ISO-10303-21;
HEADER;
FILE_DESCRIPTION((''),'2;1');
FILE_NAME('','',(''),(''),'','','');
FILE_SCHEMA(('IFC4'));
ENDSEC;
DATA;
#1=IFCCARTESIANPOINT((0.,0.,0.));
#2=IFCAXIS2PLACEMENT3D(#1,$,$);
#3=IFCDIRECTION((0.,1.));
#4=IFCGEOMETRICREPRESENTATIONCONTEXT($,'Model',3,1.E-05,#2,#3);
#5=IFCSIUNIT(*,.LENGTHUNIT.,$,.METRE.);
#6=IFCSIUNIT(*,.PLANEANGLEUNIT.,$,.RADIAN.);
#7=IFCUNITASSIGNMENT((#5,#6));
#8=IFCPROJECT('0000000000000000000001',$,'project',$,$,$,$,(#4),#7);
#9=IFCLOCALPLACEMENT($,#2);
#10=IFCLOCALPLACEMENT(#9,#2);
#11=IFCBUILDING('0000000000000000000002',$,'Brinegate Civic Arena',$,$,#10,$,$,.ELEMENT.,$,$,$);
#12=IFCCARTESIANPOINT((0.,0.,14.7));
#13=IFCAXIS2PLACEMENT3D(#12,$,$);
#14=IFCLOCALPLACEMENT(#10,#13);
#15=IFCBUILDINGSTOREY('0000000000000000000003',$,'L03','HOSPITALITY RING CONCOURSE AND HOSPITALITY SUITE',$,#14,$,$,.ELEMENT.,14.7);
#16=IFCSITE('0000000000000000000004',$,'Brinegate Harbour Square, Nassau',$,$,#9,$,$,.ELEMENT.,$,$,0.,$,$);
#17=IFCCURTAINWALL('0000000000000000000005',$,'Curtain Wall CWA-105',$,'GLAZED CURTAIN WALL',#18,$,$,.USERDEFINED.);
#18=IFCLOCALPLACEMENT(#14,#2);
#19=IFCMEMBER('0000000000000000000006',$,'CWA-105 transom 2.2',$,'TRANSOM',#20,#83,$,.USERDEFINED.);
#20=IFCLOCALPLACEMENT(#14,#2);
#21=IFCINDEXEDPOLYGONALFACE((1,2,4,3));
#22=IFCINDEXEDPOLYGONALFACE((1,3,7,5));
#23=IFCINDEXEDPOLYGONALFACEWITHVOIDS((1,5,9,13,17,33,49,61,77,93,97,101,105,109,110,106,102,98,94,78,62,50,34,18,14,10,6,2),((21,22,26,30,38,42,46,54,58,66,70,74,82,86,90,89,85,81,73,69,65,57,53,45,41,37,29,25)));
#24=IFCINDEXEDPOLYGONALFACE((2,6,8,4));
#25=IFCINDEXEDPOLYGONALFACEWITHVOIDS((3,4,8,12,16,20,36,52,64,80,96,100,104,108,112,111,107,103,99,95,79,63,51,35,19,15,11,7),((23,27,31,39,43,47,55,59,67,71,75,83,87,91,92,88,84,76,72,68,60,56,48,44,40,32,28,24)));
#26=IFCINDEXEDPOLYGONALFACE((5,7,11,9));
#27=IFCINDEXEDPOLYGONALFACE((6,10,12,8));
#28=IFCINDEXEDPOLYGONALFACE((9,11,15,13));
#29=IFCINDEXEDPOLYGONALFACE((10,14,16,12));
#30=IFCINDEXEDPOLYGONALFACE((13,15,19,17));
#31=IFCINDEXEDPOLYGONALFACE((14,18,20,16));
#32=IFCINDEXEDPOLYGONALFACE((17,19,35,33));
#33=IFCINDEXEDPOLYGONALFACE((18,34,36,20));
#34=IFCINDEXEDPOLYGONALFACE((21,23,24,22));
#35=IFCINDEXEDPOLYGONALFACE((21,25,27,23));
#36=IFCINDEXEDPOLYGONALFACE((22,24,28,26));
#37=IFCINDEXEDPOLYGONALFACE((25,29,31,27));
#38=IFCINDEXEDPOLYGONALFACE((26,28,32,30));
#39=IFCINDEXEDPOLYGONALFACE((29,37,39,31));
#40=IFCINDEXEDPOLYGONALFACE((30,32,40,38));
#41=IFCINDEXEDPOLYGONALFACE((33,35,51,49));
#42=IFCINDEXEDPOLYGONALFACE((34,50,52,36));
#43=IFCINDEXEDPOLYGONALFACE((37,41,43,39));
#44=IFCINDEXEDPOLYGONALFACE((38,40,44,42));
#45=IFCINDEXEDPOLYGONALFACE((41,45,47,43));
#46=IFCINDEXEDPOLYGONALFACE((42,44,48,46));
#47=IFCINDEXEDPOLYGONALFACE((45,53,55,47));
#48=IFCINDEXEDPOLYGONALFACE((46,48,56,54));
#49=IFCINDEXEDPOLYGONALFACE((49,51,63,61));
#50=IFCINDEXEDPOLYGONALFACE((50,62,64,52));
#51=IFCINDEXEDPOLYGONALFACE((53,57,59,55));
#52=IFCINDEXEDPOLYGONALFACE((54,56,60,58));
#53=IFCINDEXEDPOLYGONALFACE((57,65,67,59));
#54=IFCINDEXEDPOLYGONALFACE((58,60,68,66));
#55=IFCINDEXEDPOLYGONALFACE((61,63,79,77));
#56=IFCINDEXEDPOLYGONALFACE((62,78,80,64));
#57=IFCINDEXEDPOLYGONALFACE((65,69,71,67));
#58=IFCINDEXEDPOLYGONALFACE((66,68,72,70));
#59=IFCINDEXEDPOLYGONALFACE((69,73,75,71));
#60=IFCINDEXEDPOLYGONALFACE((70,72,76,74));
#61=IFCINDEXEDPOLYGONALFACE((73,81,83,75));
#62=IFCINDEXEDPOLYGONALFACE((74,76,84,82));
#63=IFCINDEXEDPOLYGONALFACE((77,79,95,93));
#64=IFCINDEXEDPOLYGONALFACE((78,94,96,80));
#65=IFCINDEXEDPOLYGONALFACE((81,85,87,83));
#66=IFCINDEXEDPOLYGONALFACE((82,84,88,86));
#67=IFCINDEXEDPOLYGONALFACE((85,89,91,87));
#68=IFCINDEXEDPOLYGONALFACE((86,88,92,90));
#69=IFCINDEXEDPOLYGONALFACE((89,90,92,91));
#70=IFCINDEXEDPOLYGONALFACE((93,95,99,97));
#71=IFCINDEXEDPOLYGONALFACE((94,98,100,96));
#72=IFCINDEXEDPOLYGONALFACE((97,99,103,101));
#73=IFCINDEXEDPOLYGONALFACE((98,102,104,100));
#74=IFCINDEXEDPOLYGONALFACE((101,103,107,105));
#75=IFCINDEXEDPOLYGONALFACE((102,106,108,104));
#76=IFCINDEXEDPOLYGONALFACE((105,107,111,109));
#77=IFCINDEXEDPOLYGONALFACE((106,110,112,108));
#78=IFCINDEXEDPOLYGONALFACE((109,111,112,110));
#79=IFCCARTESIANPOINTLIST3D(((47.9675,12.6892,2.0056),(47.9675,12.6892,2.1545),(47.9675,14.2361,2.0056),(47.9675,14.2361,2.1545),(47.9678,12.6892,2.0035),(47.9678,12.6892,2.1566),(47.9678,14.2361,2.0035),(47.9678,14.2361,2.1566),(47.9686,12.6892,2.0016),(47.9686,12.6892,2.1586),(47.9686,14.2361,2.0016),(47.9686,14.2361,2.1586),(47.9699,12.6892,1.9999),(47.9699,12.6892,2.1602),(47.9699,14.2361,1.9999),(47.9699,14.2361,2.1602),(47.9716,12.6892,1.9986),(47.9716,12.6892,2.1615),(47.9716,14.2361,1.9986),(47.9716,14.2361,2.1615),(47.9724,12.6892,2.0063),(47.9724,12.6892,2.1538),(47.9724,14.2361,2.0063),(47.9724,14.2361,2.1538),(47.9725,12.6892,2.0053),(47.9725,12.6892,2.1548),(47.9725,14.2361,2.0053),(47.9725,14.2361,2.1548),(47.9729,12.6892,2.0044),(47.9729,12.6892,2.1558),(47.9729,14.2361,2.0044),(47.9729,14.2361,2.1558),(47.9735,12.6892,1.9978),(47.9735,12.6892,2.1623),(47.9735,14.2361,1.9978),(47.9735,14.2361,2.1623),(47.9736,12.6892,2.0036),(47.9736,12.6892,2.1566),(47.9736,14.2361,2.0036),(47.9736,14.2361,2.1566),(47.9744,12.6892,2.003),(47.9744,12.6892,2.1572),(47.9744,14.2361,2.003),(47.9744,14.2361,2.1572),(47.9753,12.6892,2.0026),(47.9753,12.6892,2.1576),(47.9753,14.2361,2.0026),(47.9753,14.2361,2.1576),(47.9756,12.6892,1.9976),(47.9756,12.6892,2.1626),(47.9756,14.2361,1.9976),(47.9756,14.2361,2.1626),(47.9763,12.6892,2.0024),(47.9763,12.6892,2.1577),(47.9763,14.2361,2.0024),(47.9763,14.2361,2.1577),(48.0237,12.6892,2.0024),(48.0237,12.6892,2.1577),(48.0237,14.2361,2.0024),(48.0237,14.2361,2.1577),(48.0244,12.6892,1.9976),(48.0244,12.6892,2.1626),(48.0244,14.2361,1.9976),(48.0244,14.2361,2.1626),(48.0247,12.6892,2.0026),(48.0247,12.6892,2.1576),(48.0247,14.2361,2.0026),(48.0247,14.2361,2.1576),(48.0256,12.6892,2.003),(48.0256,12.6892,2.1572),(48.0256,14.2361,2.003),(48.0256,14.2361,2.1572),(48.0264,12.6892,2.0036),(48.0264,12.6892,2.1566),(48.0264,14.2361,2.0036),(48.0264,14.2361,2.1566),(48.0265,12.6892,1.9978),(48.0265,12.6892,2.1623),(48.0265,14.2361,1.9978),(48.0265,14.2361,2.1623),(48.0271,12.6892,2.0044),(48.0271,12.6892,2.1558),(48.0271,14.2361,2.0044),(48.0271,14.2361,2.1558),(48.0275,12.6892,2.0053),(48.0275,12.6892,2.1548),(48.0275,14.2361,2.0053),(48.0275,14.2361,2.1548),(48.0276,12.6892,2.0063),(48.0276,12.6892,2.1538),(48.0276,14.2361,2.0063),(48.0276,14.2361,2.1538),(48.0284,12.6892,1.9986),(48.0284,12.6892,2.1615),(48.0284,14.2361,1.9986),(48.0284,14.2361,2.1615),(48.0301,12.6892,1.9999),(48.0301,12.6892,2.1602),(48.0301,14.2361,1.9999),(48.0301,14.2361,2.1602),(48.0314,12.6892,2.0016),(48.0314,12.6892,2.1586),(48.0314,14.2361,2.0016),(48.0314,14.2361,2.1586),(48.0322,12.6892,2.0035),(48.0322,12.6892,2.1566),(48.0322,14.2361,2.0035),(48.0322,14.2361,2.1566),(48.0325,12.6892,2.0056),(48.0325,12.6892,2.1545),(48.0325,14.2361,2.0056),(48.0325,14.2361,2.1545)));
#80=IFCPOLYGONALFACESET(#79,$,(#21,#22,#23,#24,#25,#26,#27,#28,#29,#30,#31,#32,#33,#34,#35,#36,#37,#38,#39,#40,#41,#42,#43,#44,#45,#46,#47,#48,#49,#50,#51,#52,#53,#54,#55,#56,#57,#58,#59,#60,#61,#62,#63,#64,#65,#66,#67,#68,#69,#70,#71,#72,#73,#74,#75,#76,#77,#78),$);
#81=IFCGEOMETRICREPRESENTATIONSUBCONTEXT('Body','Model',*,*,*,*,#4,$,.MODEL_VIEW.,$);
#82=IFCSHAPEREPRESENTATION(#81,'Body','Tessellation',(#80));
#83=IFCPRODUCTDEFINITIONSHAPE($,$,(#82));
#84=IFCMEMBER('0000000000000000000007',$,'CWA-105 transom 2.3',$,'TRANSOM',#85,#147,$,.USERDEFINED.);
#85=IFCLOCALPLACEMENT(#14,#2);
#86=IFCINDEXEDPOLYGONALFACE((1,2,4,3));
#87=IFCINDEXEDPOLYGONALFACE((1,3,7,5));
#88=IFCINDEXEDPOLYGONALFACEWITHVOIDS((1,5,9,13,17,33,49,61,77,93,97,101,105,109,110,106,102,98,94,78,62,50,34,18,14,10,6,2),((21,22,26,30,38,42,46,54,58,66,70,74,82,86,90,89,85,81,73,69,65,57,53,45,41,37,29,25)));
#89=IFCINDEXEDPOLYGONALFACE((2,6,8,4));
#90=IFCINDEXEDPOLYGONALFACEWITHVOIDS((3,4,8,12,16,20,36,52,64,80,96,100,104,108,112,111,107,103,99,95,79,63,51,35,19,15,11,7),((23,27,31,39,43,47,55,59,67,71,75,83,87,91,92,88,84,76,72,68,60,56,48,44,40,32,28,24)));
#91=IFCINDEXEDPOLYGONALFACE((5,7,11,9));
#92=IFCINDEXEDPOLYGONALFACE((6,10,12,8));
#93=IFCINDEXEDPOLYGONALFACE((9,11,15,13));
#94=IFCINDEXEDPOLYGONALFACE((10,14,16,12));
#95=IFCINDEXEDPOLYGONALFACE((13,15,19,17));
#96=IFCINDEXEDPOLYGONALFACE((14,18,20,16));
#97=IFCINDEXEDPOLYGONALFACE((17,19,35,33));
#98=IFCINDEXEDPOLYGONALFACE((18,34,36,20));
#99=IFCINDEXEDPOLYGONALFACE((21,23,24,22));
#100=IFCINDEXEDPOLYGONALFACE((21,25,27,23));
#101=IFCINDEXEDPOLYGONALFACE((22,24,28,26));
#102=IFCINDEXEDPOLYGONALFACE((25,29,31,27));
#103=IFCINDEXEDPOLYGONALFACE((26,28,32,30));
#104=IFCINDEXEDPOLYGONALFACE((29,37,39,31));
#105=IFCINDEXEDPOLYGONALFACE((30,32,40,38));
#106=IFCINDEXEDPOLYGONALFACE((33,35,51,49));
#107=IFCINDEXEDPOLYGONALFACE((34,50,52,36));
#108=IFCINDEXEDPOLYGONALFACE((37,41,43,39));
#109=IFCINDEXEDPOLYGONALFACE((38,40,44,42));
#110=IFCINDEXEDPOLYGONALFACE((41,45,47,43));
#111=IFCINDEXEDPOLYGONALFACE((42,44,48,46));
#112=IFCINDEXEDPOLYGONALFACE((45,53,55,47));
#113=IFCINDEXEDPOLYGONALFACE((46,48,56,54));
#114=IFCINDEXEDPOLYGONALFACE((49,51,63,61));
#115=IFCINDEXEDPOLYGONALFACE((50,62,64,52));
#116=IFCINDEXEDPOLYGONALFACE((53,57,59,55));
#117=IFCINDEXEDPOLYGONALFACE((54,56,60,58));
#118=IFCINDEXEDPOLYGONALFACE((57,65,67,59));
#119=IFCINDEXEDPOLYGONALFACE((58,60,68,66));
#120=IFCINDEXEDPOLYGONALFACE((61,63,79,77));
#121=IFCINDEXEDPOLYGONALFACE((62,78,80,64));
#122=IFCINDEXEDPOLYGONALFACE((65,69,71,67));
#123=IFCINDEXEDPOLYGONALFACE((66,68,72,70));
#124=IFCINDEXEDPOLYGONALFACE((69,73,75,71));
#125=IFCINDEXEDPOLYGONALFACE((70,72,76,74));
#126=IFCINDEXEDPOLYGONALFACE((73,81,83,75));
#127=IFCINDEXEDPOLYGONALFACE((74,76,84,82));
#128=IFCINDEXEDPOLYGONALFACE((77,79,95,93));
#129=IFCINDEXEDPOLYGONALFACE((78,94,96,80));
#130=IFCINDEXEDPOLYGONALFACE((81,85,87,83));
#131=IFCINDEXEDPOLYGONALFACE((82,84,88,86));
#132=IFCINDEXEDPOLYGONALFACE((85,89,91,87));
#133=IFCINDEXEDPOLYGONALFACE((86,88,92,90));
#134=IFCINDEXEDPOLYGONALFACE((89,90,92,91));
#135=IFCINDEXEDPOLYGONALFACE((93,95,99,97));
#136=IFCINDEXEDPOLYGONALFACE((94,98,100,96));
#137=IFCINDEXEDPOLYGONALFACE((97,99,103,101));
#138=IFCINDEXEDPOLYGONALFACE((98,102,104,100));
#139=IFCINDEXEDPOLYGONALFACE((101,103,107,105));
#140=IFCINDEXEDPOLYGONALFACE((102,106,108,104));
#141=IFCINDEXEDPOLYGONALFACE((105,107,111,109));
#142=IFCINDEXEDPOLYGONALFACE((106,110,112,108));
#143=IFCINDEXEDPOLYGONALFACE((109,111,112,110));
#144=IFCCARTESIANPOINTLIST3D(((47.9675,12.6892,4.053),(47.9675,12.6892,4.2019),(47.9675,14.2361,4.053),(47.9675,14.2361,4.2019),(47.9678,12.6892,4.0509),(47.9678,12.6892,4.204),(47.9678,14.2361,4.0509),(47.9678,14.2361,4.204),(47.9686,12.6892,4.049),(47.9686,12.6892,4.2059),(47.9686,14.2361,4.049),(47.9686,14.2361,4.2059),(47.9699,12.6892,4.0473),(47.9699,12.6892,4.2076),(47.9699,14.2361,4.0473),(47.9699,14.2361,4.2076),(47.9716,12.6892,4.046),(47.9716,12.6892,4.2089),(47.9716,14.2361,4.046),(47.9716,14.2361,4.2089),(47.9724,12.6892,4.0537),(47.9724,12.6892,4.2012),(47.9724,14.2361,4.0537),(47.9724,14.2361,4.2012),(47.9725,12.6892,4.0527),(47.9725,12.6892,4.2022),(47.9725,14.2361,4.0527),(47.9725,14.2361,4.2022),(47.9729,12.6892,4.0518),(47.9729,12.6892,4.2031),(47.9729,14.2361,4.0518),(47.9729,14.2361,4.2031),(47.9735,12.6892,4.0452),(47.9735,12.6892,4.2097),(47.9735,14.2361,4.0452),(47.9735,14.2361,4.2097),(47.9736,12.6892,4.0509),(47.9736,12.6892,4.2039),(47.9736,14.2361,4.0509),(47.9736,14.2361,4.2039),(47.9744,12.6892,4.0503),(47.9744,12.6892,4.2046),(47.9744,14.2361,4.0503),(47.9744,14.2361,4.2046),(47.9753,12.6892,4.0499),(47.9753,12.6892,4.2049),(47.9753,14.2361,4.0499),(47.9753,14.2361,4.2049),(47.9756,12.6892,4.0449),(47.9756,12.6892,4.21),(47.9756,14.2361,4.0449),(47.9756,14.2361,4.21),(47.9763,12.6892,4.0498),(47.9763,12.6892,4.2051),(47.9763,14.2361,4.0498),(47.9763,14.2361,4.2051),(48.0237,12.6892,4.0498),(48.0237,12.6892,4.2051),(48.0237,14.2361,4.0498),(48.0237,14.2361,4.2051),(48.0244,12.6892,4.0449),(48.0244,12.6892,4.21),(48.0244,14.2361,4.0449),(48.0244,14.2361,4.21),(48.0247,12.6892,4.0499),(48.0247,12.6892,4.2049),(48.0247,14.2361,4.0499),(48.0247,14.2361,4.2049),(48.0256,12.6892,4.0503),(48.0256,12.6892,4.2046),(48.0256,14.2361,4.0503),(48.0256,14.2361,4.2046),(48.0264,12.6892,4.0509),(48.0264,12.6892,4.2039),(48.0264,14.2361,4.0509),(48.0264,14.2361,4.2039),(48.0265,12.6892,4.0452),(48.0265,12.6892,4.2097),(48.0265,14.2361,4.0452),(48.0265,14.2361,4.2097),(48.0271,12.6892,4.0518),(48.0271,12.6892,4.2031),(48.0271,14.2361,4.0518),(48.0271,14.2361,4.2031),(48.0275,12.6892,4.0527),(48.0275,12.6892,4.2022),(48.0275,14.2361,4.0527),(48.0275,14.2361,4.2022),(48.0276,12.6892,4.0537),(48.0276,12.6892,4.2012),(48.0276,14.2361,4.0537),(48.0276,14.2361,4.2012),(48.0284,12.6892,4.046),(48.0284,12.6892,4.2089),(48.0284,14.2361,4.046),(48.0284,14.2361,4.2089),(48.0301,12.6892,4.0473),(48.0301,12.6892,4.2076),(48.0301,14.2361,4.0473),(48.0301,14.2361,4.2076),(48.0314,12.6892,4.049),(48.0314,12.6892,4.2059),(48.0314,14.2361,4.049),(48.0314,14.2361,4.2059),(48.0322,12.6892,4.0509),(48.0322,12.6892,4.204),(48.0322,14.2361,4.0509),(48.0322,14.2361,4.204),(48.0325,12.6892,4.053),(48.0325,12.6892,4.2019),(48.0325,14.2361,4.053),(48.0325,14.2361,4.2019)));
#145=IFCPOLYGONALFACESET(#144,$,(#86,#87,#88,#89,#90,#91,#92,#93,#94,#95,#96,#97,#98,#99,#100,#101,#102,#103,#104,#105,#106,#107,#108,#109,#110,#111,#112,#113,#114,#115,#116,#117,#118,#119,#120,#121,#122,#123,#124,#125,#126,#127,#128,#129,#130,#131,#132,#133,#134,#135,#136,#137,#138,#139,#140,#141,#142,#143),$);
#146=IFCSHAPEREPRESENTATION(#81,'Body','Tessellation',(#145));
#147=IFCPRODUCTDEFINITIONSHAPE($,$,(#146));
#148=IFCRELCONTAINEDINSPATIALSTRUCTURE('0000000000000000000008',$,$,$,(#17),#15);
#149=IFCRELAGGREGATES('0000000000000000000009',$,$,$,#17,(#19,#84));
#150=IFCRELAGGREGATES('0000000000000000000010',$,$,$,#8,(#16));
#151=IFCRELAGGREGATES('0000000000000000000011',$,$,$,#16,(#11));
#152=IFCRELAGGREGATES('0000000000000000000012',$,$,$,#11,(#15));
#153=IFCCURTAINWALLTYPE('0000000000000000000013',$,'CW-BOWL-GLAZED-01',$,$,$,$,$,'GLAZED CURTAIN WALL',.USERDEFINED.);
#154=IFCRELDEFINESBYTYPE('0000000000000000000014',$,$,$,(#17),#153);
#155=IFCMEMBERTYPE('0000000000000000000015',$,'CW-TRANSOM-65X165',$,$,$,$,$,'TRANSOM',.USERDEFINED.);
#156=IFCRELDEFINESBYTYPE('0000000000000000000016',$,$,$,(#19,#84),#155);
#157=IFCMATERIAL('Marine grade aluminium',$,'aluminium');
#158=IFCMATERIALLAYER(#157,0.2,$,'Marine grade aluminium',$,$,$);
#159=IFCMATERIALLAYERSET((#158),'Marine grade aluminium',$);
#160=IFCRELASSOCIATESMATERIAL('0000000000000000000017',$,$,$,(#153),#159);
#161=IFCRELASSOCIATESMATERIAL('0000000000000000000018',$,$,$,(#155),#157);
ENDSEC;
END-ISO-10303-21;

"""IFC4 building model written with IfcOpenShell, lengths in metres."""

from ifc_helpers import new_model, si_unit, direction, frame, origin, origin_2d, place, context, subcontext, project, spatial, hollow_rectangle, extrude, material, layer, layer_set, material_profile, profile_set, type_object, element, aggregate, save


model = new_model("IFC4")

# Units and contexts
model_context = context("Model", 3, precision=1e-05, world=origin(), true_north=direction((0.0, 1.0)))
body_context = subcontext(model_context, "Body", "Model", "MODEL_VIEW")
ifc_project = project(units=[si_unit("LENGTHUNIT", "METRE"), si_unit("PLANEANGLEUNIT", "RADIAN")], contexts=[model_context])

# Site, building, storey
site_placement = place(None, origin())
site = spatial("IfcSite", under=ifc_project, at=site_placement, Name="Brinegate Harbour Square, Nassau", CompositionType="ELEMENT", RefElevation=0.0)
building_placement = place(site_placement, origin())
building = spatial("IfcBuilding", under=site, at=building_placement, Name="Brinegate Civic Arena", CompositionType="ELEMENT")
storey_placement = place(building_placement, frame((0.0, 0.0, 14.7)))
storey = spatial("IfcBuildingStorey", under=building, at=storey_placement, Name="L03", Description="HOSPITALITY RING CONCOURSE AND HOSPITALITY SUITE", CompositionType="ELEMENT", Elevation=14.7)

# Curtain wall
ifc_material_1 = material(Name="Marine grade aluminium", Category="aluminium")
ifc_layer_1 = layer(ifc_material_1, 0.2, Name="Marine grade aluminium")
ifc_layer_set_1 = layer_set([ifc_layer_1], Name="Marine grade aluminium")
curtain_wall_type = type_object("IfcCurtainWallType", Name="CW-BOWL-GLAZED-01", ElementType="GLAZED CURTAIN WALL", PredefinedType="USERDEFINED", material=ifc_layer_set_1)
curtain_wall_1_placement = place(storey_placement, origin())
curtain_wall_1 = element("IfcCurtainWall", 1, at=curtain_wall_1_placement, inside=storey, type_object=curtain_wall_type, Name="Curtain Wall CWA-105", ObjectType="GLAZED CURTAIN WALL", PredefinedType="USERDEFINED")

# Members
ifc_material_profile_1 = material_profile(ifc_material_1, hollow_rectangle(XDim=0.0649, YDim=0.165, WallThickness=0.0049, InnerFilletRadius=0.0039, OuterFilletRadius=0.0081, at=origin_2d()), Name="TRN65X165")
ifc_profile_set_1 = profile_set([ifc_material_profile_1], Name="Marine grade aluminium")
member_type_1 = type_object("IfcMemberType", Name="CW-TRANSOM-65X165", ElementType="TRANSOM", PredefinedType="USERDEFINED", material=ifc_profile_set_1)
member_1_placement = place(storey_placement, frame((48.0, 12.6892, 2.0801), z_axis=(0.0, 1.0, 0.0), x_axis=(-1.0, 0.0, 0.0)))
member_1 = element("IfcMember", 2, at=member_1_placement, type_object=member_type_1, Name="CWA-105 transom 2.2", ObjectType="TRANSOM", PredefinedType="USERDEFINED", context=body_context, shape_type="SweptSolid", body=[
    extrude(hollow_rectangle(XDim=0.0649, YDim=0.165, WallThickness=0.0049, InnerFilletRadius=0.0039, OuterFilletRadius=0.0081, at=origin_2d()), origin(), (0.0, 0.0, 1.0), 1.5469),
])
member_2_placement = place(storey_placement, frame((48.0, 12.6892, 4.1274), z_axis=(0.0, 1.0, 0.0), x_axis=(-1.0, 0.0, 0.0)))
member_2 = element("IfcMember", 3, at=member_2_placement, type_object=member_type_1, Name="CWA-105 transom 2.3", ObjectType="TRANSOM", PredefinedType="USERDEFINED", context=body_context, shape_type="SweptSolid", body=[
    extrude(hollow_rectangle(XDim=0.0649, YDim=0.165, WallThickness=0.0049, InnerFilletRadius=0.0039, OuterFilletRadius=0.0081, at=origin_2d()), origin(), (0.0, 0.0, 1.0), 1.5469),
])

aggregate(curtain_wall_1, [member_1, member_2])

save(model, "model.ifc")
